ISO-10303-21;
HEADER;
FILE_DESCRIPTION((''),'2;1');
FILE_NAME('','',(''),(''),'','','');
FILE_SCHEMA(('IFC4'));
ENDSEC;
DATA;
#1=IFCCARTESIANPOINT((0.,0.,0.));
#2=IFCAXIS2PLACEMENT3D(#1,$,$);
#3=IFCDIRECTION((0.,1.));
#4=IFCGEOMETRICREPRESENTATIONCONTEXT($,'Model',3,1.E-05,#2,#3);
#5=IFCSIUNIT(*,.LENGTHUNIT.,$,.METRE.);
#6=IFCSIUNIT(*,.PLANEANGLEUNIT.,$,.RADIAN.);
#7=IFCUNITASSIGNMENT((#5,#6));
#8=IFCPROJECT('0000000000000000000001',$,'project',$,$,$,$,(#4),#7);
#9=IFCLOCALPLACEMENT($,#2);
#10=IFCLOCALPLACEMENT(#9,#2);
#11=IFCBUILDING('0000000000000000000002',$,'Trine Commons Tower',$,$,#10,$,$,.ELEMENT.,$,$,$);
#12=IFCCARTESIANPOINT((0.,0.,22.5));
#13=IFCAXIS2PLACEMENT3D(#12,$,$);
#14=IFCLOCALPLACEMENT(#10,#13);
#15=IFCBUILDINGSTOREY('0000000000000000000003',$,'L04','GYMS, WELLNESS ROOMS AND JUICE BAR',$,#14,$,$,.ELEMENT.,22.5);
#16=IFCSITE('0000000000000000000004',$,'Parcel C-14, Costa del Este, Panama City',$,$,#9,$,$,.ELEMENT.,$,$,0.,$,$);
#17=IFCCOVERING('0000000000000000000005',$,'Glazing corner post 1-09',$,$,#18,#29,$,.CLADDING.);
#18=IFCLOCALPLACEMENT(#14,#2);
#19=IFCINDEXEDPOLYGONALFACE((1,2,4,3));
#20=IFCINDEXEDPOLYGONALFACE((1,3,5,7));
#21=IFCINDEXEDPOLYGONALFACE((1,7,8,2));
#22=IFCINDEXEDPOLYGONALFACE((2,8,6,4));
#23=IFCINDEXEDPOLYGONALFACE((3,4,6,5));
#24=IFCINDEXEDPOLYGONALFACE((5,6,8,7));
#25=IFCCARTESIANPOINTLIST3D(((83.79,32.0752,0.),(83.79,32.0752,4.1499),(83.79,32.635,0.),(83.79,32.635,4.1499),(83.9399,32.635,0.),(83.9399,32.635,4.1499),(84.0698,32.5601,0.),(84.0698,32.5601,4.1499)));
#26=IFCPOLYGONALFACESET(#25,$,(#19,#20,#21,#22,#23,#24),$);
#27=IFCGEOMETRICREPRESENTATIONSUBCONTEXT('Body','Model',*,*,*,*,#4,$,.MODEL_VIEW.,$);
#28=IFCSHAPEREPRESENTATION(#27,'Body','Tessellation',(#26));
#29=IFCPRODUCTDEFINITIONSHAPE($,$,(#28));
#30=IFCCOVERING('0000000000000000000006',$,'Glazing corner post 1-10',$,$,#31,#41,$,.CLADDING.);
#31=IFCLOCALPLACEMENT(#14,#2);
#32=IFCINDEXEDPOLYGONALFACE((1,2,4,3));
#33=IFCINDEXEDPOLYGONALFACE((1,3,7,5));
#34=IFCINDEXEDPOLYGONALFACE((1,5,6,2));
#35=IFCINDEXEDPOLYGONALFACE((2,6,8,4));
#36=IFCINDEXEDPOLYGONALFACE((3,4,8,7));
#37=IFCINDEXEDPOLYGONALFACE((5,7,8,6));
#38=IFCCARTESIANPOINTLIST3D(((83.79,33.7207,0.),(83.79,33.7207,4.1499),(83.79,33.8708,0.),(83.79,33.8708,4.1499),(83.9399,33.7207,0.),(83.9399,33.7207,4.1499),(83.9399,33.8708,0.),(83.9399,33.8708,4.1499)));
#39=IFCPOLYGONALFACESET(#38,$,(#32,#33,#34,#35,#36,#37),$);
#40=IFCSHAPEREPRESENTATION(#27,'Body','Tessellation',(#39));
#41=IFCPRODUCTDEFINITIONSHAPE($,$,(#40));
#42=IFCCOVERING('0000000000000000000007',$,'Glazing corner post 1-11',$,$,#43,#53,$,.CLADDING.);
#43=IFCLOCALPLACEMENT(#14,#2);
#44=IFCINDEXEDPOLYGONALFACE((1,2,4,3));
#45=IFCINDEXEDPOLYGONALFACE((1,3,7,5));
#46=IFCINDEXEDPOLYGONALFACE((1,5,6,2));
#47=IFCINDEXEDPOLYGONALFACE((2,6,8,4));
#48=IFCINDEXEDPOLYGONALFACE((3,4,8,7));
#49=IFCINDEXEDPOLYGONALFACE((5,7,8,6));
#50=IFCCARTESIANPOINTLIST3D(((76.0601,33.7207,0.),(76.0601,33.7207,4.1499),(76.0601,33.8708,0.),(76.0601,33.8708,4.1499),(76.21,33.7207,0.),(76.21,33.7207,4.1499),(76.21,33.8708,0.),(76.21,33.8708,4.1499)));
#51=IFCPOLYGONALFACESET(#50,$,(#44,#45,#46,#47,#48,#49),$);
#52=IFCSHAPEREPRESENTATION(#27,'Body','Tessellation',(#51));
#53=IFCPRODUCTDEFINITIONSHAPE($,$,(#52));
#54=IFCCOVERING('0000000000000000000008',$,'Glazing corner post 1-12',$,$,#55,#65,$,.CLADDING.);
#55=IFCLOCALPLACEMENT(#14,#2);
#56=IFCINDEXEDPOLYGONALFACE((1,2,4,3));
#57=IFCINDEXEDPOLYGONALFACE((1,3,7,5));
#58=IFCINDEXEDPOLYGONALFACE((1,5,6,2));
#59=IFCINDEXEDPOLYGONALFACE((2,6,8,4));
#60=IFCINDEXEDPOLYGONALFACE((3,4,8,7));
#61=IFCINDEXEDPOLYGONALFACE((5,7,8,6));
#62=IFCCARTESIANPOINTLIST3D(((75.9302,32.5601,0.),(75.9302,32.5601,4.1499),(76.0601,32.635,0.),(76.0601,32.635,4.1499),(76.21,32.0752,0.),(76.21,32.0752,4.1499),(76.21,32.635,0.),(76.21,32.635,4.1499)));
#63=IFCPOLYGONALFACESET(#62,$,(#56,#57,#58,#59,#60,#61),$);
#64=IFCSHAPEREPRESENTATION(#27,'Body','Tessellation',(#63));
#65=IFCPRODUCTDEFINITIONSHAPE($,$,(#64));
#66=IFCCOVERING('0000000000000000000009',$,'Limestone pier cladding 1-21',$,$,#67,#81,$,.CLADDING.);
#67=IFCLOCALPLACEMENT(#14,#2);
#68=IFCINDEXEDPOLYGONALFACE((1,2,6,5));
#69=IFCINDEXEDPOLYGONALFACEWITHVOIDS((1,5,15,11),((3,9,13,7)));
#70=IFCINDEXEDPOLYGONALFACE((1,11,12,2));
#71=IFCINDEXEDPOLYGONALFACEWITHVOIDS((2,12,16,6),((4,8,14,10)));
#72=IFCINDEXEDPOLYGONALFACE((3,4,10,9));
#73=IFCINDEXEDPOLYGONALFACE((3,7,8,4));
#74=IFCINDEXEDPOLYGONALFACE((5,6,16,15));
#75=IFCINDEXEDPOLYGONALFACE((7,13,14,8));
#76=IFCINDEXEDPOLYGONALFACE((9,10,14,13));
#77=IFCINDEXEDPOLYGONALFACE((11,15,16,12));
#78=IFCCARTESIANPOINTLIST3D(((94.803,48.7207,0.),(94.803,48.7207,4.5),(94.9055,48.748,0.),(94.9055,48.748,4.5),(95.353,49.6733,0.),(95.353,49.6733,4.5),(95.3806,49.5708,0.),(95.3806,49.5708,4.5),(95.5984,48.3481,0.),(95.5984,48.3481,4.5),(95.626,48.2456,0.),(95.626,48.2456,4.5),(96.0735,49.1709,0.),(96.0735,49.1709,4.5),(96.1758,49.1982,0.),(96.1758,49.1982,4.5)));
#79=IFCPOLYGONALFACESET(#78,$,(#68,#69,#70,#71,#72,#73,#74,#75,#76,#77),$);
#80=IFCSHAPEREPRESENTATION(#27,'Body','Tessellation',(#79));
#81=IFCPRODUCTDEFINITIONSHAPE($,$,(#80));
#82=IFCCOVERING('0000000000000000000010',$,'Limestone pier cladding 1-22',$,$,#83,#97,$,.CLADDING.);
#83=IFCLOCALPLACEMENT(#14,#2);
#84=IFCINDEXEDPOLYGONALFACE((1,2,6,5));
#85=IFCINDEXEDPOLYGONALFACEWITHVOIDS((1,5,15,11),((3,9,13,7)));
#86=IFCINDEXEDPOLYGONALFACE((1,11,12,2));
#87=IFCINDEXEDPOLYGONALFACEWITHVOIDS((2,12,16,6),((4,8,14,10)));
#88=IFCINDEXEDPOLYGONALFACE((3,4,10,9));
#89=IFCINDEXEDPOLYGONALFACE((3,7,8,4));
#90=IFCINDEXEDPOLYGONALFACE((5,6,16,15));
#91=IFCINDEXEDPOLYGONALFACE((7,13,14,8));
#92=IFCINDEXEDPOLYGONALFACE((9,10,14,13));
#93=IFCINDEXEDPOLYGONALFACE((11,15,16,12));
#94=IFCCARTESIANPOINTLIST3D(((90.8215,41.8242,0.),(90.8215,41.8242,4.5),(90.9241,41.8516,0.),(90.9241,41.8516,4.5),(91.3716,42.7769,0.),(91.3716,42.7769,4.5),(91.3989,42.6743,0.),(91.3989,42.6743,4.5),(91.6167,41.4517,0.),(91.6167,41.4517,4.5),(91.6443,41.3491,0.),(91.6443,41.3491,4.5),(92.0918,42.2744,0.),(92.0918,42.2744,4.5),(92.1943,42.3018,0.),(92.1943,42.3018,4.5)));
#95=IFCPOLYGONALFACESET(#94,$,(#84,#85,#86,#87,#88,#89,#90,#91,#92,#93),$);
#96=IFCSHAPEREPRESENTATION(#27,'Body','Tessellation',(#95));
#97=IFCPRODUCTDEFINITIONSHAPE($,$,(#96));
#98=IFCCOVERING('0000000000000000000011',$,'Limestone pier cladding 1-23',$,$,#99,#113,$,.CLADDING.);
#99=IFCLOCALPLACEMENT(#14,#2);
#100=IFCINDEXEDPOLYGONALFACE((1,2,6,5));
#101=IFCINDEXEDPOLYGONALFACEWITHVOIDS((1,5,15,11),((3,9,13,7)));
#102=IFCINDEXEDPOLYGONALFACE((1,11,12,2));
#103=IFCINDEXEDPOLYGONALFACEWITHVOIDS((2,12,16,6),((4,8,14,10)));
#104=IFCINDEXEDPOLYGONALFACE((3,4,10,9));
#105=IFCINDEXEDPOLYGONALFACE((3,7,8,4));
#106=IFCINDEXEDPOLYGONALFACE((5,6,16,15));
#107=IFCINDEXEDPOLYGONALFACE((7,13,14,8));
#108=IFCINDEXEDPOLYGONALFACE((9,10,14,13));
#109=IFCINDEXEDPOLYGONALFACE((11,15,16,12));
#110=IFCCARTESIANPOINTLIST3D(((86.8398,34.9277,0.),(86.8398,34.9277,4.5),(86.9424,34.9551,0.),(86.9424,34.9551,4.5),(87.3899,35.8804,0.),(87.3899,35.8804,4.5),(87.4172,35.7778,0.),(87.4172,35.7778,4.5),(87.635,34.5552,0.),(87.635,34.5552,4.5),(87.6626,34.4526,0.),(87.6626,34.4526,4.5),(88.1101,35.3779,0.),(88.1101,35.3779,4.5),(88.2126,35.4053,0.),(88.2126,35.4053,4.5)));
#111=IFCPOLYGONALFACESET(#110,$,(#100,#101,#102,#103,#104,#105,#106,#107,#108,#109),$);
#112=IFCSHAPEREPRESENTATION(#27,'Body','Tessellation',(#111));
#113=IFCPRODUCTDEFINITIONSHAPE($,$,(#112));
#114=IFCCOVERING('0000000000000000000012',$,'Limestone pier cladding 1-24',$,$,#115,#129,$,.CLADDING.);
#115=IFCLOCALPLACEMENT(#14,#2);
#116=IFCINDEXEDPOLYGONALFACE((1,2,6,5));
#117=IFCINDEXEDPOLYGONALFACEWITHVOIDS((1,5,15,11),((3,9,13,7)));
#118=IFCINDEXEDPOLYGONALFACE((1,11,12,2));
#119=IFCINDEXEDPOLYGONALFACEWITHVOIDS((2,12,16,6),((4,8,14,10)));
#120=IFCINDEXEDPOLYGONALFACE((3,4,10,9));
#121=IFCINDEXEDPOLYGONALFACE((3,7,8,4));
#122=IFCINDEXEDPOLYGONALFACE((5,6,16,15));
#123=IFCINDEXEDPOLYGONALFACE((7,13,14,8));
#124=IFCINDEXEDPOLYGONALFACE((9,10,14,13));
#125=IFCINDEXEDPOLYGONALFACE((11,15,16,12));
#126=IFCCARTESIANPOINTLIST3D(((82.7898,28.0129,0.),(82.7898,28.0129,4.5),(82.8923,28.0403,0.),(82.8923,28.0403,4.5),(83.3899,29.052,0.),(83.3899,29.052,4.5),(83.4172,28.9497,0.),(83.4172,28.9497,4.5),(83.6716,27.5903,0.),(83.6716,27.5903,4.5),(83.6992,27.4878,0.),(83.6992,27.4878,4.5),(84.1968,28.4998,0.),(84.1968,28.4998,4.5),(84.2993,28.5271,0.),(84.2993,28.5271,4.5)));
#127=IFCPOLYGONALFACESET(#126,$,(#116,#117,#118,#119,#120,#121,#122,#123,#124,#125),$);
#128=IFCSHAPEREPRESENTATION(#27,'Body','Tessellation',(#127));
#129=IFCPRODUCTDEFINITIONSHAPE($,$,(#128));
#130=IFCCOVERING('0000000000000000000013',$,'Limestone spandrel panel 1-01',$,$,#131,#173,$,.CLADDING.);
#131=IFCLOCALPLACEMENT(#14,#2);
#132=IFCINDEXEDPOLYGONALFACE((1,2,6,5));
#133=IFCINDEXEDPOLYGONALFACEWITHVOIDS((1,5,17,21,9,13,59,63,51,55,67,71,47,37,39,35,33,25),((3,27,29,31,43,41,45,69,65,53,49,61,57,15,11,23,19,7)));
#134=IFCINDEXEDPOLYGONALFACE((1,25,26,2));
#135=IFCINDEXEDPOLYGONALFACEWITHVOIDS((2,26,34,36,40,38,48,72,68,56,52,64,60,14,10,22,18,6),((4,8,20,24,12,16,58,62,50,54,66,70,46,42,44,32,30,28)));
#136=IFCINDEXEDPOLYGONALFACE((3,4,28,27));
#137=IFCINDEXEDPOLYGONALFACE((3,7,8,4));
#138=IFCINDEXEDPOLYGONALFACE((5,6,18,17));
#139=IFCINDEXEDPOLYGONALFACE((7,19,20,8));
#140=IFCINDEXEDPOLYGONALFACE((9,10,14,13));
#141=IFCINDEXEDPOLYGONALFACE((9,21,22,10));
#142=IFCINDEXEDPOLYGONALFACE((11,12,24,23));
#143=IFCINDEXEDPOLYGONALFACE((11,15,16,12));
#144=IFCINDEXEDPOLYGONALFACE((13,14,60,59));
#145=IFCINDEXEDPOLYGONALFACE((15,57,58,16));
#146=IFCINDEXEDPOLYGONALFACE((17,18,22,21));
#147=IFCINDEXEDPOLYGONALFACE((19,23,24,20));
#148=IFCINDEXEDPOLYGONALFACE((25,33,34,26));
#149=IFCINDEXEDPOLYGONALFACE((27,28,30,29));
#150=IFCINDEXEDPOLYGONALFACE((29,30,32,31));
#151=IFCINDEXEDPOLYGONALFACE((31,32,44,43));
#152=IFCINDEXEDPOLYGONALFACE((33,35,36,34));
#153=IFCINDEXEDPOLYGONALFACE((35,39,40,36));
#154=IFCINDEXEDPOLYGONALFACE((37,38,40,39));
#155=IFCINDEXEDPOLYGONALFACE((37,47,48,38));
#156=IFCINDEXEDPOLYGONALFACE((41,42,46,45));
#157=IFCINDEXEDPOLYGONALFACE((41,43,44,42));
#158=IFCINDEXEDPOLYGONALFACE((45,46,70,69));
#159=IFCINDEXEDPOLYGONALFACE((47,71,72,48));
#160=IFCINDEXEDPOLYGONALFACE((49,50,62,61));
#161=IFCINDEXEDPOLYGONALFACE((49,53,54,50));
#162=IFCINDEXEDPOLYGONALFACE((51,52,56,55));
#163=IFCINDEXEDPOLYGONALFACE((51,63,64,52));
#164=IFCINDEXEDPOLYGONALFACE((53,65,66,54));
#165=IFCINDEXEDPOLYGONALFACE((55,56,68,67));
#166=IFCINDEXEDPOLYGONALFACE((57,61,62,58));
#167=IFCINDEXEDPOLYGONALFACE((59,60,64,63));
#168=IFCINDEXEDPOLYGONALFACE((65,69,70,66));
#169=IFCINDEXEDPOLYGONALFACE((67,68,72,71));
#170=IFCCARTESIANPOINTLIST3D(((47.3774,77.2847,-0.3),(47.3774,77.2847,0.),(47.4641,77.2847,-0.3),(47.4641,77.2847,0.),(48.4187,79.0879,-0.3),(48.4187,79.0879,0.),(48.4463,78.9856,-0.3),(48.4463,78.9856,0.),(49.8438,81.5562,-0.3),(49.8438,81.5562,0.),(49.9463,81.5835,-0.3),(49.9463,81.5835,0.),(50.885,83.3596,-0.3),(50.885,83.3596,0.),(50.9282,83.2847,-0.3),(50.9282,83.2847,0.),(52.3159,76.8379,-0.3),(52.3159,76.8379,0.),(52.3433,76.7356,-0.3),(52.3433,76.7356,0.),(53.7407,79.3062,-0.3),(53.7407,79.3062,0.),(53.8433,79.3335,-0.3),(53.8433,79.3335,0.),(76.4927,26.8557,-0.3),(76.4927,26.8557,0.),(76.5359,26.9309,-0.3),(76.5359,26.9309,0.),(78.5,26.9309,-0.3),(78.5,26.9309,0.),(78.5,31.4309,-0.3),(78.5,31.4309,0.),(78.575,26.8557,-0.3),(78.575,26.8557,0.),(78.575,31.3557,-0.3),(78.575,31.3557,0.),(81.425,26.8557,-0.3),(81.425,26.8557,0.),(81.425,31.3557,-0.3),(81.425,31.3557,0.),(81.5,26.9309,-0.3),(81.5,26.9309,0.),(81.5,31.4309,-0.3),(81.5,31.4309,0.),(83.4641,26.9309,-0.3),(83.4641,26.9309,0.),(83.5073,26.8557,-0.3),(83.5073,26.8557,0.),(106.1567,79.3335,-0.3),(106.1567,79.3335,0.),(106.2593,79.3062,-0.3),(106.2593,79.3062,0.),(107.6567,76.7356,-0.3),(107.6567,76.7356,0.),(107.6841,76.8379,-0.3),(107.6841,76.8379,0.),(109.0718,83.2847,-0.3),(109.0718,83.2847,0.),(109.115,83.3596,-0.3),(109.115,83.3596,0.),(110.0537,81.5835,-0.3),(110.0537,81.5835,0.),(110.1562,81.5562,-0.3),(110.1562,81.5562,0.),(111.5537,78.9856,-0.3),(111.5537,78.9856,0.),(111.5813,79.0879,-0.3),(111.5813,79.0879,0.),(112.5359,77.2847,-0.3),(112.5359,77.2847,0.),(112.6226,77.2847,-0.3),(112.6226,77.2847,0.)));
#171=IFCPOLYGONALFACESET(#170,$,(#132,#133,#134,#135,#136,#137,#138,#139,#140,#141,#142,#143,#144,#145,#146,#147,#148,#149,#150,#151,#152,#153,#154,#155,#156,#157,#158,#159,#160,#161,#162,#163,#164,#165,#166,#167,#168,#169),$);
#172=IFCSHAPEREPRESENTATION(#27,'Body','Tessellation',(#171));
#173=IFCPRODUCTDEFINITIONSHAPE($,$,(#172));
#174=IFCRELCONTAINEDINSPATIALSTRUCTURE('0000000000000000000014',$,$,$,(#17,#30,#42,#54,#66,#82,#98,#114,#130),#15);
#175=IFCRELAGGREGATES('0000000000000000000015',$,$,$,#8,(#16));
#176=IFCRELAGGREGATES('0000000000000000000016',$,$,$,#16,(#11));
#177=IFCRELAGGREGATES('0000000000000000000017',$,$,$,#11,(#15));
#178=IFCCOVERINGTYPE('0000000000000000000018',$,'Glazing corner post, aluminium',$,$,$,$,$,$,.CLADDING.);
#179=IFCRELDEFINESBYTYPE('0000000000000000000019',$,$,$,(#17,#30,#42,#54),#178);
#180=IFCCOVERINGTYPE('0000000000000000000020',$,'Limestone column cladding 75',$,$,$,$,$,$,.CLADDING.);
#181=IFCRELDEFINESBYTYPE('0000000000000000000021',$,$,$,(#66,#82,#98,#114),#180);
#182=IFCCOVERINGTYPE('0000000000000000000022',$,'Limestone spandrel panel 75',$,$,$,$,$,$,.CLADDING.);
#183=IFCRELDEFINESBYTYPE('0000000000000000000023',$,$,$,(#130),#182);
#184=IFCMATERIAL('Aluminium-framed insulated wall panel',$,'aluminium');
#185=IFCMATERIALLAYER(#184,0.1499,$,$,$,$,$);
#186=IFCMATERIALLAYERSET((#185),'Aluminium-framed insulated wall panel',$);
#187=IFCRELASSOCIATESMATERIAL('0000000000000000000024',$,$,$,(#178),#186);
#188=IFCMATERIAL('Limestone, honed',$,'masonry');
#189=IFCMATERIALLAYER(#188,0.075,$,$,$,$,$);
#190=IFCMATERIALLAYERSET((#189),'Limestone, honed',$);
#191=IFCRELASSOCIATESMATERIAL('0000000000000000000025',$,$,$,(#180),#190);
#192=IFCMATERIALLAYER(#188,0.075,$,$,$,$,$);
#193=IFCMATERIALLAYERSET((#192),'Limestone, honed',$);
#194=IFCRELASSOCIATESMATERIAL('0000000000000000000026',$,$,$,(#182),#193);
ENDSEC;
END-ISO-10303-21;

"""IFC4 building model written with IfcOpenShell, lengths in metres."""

from ifc_helpers import new_model, si_unit, direction, frame, origin, place, context, subcontext, project, spatial, polyline, outline, extrude, material, layer, layer_set, type_object, element, save


model = new_model("IFC4")

# Units and contexts
model_context = context("Model", 3, precision=1e-05, world=origin(), true_north=direction((0.0, 1.0)))
body_context = subcontext(model_context, "Body", "Model", "MODEL_VIEW")
ifc_project = project(units=[si_unit("LENGTHUNIT", "METRE"), si_unit("PLANEANGLEUNIT", "RADIAN")], contexts=[model_context])

# Site, building, storey
site_placement = place(None, origin())
site = spatial("IfcSite", under=ifc_project, at=site_placement, Name="Parcel C-14, Costa del Este, Panama City", CompositionType="ELEMENT", RefElevation=0.0)
building_placement = place(site_placement, origin())
building = spatial("IfcBuilding", under=site, at=building_placement, Name="Trine Commons Tower", CompositionType="ELEMENT")
storey_placement = place(building_placement, frame((0.0, 0.0, 22.5)))
storey = spatial("IfcBuildingStorey", under=building, at=storey_placement, Name="L04", Description="GYMS, WELLNESS ROOMS AND JUICE BAR", CompositionType="ELEMENT", Elevation=22.5)

# Coverings
ifc_material_1 = material(Name="Aluminium-framed insulated wall panel", Category="aluminium")
ifc_layer_1 = layer(ifc_material_1, 0.1499)
ifc_layer_set_1 = layer_set([ifc_layer_1], Name="Aluminium-framed insulated wall panel")
covering_type_1 = type_object("IfcCoveringType", Name="Glazing corner post, aluminium", PredefinedType="CLADDING", material=ifc_layer_set_1)
covering_1_placement = place(storey_placement, origin())
element("IfcCovering", 1, at=covering_1_placement, inside=storey, type_object=covering_type_1, Name="Glazing corner post 1-09", PredefinedType="CLADDING", context=body_context, shape_type="SweptSolid", body=[
    extrude(outline(polyline([(83.79, 32.635), (83.79, 32.0752), (84.0698, 32.5601), (83.9399, 32.635), (83.9399, 32.635), (83.79, 32.635)])), origin(), (0.0, 0.0, 1.0), 4.1499),
])
covering_2_placement = place(storey_placement, origin())
element("IfcCovering", 2, at=covering_2_placement, inside=storey, type_object=covering_type_1, Name="Glazing corner post 1-10", PredefinedType="CLADDING", context=body_context, shape_type="SweptSolid", body=[
    extrude(outline(polyline([(83.9399, 33.7207), (83.9399, 33.8708), (83.79, 33.8708), (83.79, 33.7207), (83.9399, 33.7207)])), origin(), (0.0, 0.0, 1.0), 4.1499),
])
covering_3_placement = place(storey_placement, origin())
element("IfcCovering", 3, at=covering_3_placement, inside=storey, type_object=covering_type_1, Name="Glazing corner post 1-11", PredefinedType="CLADDING", context=body_context, shape_type="SweptSolid", body=[
    extrude(outline(polyline([(76.21, 33.8708), (76.0601, 33.8708), (76.0601, 33.7207), (76.21, 33.7207), (76.21, 33.8708)])), origin(), (0.0, 0.0, 1.0), 4.1499),
])
covering_4_placement = place(storey_placement, origin())
element("IfcCovering", 4, at=covering_4_placement, inside=storey, type_object=covering_type_1, Name="Glazing corner post 1-12", PredefinedType="CLADDING", context=body_context, shape_type="SweptSolid", body=[
    extrude(outline(polyline([(75.9302, 32.5601), (76.21, 32.0752), (76.21, 32.635), (76.0601, 32.635), (75.9302, 32.5601)])), origin(), (0.0, 0.0, 1.0), 4.1499),
])
ifc_material_2 = material(Name="Limestone, honed", Category="masonry")
ifc_layer_2 = layer(ifc_material_2, 0.075)
ifc_layer_set_2 = layer_set([ifc_layer_2], Name="Limestone, honed")
covering_type_2 = type_object("IfcCoveringType", Name="Limestone column cladding 75", PredefinedType="CLADDING", material=ifc_layer_set_2)
covering_5_placement = place(storey_placement, origin())
element("IfcCovering", 5, at=covering_5_placement, inside=storey, type_object=covering_type_2, Name="Limestone pier cladding 1-21", PredefinedType="CLADDING", context=body_context, shape_type="SweptSolid", body=[
    extrude(outline(polyline([(96.1758, 49.1982), (95.353, 49.6733), (94.803, 48.7207), (95.626, 48.2456), (96.1758, 49.1982)]), holes=[polyline([(96.0735, 49.1709), (95.3806, 49.5708), (94.9055, 48.748), (95.5984, 48.3481), (96.0735, 49.1709)])]), origin(), (0.0, 0.0, 1.0), 4.5),
])
covering_6_placement = place(storey_placement, origin())
element("IfcCovering", 6, at=covering_6_placement, inside=storey, type_object=covering_type_2, Name="Limestone pier cladding 1-22", PredefinedType="CLADDING", context=body_context, shape_type="SweptSolid", body=[
    extrude(outline(polyline([(92.1943, 42.3018), (91.3716, 42.7769), (90.8215, 41.8242), (91.6443, 41.3491), (92.1943, 42.3018)]), holes=[polyline([(92.0918, 42.2744), (91.3989, 42.6743), (90.9241, 41.8516), (91.6167, 41.4517), (92.0918, 42.2744)])]), origin(), (0.0, 0.0, 1.0), 4.5),
])
covering_7_placement = place(storey_placement, origin())
element("IfcCovering", 7, at=covering_7_placement, inside=storey, type_object=covering_type_2, Name="Limestone pier cladding 1-23", PredefinedType="CLADDING", context=body_context, shape_type="SweptSolid", body=[
    extrude(outline(polyline([(88.2126, 35.4053), (87.3899, 35.8804), (86.8398, 34.9277), (87.6626, 34.4526), (88.2126, 35.4053)]), holes=[polyline([(88.1101, 35.3779), (87.4172, 35.7778), (86.9424, 34.9551), (87.635, 34.5552), (88.1101, 35.3779)])]), origin(), (0.0, 0.0, 1.0), 4.5),
])
covering_8_placement = place(storey_placement, origin())
element("IfcCovering", 8, at=covering_8_placement, inside=storey, type_object=covering_type_2, Name="Limestone pier cladding 1-24", PredefinedType="CLADDING", context=body_context, shape_type="SweptSolid", body=[
    extrude(outline(polyline([(84.2993, 28.5271), (83.3899, 29.052), (82.7898, 28.0129), (83.6992, 27.4878), (84.2993, 28.5271)]), holes=[polyline([(84.1968, 28.4998), (83.4172, 28.9497), (82.8923, 28.0403), (83.6716, 27.5903), (84.1968, 28.4998)])]), origin(), (0.0, 0.0, 1.0), 4.5),
])
ifc_layer_3 = layer(ifc_material_2, 0.075)
ifc_layer_set_3 = layer_set([ifc_layer_3], Name="Limestone, honed")
covering_type_3 = type_object("IfcCoveringType", Name="Limestone spandrel panel 75", PredefinedType="CLADDING", material=ifc_layer_set_3)
covering_9_placement = place(storey_placement, frame((0.0, 0.0, -0.3)))
element("IfcCovering", 9, at=covering_9_placement, inside=storey, type_object=covering_type_3, Name="Limestone spandrel panel 1-01", PredefinedType="CLADDING", context=body_context, shape_type="SweptSolid", body=[
    extrude(outline(polyline([(81.425, 31.3557), (81.425, 26.8557), (83.5073, 26.8557), (112.6226, 77.2847), (111.5813, 79.0879), (107.6841, 76.8379), (106.2593, 79.3062), (110.1562, 81.5562), (109.115, 83.3596), (50.885, 83.3596), (49.8438, 81.5562), (53.7407, 79.3062), (52.3159, 76.8379), (48.4187, 79.0879), (47.3774, 77.2847), (76.4927, 26.8557), (78.575, 26.8557), (78.575, 31.3557), (81.425, 31.3557)]), holes=[polyline([(111.5537, 78.9856), (112.5359, 77.2847), (83.4641, 26.9309), (81.5, 26.9309), (81.5, 31.4309), (78.5, 31.4309), (78.5, 26.9309), (76.5359, 26.9309), (47.4641, 77.2847), (48.4463, 78.9856), (52.3433, 76.7356), (53.8433, 79.3335), (49.9463, 81.5835), (50.9282, 83.2847), (109.0718, 83.2847), (110.0537, 81.5835), (106.1567, 79.3335), (107.6567, 76.7356), (111.5537, 78.9856)])]), origin(), (0.0, 0.0, 1.0), 0.3),
])

save(model, "model.ifc")
